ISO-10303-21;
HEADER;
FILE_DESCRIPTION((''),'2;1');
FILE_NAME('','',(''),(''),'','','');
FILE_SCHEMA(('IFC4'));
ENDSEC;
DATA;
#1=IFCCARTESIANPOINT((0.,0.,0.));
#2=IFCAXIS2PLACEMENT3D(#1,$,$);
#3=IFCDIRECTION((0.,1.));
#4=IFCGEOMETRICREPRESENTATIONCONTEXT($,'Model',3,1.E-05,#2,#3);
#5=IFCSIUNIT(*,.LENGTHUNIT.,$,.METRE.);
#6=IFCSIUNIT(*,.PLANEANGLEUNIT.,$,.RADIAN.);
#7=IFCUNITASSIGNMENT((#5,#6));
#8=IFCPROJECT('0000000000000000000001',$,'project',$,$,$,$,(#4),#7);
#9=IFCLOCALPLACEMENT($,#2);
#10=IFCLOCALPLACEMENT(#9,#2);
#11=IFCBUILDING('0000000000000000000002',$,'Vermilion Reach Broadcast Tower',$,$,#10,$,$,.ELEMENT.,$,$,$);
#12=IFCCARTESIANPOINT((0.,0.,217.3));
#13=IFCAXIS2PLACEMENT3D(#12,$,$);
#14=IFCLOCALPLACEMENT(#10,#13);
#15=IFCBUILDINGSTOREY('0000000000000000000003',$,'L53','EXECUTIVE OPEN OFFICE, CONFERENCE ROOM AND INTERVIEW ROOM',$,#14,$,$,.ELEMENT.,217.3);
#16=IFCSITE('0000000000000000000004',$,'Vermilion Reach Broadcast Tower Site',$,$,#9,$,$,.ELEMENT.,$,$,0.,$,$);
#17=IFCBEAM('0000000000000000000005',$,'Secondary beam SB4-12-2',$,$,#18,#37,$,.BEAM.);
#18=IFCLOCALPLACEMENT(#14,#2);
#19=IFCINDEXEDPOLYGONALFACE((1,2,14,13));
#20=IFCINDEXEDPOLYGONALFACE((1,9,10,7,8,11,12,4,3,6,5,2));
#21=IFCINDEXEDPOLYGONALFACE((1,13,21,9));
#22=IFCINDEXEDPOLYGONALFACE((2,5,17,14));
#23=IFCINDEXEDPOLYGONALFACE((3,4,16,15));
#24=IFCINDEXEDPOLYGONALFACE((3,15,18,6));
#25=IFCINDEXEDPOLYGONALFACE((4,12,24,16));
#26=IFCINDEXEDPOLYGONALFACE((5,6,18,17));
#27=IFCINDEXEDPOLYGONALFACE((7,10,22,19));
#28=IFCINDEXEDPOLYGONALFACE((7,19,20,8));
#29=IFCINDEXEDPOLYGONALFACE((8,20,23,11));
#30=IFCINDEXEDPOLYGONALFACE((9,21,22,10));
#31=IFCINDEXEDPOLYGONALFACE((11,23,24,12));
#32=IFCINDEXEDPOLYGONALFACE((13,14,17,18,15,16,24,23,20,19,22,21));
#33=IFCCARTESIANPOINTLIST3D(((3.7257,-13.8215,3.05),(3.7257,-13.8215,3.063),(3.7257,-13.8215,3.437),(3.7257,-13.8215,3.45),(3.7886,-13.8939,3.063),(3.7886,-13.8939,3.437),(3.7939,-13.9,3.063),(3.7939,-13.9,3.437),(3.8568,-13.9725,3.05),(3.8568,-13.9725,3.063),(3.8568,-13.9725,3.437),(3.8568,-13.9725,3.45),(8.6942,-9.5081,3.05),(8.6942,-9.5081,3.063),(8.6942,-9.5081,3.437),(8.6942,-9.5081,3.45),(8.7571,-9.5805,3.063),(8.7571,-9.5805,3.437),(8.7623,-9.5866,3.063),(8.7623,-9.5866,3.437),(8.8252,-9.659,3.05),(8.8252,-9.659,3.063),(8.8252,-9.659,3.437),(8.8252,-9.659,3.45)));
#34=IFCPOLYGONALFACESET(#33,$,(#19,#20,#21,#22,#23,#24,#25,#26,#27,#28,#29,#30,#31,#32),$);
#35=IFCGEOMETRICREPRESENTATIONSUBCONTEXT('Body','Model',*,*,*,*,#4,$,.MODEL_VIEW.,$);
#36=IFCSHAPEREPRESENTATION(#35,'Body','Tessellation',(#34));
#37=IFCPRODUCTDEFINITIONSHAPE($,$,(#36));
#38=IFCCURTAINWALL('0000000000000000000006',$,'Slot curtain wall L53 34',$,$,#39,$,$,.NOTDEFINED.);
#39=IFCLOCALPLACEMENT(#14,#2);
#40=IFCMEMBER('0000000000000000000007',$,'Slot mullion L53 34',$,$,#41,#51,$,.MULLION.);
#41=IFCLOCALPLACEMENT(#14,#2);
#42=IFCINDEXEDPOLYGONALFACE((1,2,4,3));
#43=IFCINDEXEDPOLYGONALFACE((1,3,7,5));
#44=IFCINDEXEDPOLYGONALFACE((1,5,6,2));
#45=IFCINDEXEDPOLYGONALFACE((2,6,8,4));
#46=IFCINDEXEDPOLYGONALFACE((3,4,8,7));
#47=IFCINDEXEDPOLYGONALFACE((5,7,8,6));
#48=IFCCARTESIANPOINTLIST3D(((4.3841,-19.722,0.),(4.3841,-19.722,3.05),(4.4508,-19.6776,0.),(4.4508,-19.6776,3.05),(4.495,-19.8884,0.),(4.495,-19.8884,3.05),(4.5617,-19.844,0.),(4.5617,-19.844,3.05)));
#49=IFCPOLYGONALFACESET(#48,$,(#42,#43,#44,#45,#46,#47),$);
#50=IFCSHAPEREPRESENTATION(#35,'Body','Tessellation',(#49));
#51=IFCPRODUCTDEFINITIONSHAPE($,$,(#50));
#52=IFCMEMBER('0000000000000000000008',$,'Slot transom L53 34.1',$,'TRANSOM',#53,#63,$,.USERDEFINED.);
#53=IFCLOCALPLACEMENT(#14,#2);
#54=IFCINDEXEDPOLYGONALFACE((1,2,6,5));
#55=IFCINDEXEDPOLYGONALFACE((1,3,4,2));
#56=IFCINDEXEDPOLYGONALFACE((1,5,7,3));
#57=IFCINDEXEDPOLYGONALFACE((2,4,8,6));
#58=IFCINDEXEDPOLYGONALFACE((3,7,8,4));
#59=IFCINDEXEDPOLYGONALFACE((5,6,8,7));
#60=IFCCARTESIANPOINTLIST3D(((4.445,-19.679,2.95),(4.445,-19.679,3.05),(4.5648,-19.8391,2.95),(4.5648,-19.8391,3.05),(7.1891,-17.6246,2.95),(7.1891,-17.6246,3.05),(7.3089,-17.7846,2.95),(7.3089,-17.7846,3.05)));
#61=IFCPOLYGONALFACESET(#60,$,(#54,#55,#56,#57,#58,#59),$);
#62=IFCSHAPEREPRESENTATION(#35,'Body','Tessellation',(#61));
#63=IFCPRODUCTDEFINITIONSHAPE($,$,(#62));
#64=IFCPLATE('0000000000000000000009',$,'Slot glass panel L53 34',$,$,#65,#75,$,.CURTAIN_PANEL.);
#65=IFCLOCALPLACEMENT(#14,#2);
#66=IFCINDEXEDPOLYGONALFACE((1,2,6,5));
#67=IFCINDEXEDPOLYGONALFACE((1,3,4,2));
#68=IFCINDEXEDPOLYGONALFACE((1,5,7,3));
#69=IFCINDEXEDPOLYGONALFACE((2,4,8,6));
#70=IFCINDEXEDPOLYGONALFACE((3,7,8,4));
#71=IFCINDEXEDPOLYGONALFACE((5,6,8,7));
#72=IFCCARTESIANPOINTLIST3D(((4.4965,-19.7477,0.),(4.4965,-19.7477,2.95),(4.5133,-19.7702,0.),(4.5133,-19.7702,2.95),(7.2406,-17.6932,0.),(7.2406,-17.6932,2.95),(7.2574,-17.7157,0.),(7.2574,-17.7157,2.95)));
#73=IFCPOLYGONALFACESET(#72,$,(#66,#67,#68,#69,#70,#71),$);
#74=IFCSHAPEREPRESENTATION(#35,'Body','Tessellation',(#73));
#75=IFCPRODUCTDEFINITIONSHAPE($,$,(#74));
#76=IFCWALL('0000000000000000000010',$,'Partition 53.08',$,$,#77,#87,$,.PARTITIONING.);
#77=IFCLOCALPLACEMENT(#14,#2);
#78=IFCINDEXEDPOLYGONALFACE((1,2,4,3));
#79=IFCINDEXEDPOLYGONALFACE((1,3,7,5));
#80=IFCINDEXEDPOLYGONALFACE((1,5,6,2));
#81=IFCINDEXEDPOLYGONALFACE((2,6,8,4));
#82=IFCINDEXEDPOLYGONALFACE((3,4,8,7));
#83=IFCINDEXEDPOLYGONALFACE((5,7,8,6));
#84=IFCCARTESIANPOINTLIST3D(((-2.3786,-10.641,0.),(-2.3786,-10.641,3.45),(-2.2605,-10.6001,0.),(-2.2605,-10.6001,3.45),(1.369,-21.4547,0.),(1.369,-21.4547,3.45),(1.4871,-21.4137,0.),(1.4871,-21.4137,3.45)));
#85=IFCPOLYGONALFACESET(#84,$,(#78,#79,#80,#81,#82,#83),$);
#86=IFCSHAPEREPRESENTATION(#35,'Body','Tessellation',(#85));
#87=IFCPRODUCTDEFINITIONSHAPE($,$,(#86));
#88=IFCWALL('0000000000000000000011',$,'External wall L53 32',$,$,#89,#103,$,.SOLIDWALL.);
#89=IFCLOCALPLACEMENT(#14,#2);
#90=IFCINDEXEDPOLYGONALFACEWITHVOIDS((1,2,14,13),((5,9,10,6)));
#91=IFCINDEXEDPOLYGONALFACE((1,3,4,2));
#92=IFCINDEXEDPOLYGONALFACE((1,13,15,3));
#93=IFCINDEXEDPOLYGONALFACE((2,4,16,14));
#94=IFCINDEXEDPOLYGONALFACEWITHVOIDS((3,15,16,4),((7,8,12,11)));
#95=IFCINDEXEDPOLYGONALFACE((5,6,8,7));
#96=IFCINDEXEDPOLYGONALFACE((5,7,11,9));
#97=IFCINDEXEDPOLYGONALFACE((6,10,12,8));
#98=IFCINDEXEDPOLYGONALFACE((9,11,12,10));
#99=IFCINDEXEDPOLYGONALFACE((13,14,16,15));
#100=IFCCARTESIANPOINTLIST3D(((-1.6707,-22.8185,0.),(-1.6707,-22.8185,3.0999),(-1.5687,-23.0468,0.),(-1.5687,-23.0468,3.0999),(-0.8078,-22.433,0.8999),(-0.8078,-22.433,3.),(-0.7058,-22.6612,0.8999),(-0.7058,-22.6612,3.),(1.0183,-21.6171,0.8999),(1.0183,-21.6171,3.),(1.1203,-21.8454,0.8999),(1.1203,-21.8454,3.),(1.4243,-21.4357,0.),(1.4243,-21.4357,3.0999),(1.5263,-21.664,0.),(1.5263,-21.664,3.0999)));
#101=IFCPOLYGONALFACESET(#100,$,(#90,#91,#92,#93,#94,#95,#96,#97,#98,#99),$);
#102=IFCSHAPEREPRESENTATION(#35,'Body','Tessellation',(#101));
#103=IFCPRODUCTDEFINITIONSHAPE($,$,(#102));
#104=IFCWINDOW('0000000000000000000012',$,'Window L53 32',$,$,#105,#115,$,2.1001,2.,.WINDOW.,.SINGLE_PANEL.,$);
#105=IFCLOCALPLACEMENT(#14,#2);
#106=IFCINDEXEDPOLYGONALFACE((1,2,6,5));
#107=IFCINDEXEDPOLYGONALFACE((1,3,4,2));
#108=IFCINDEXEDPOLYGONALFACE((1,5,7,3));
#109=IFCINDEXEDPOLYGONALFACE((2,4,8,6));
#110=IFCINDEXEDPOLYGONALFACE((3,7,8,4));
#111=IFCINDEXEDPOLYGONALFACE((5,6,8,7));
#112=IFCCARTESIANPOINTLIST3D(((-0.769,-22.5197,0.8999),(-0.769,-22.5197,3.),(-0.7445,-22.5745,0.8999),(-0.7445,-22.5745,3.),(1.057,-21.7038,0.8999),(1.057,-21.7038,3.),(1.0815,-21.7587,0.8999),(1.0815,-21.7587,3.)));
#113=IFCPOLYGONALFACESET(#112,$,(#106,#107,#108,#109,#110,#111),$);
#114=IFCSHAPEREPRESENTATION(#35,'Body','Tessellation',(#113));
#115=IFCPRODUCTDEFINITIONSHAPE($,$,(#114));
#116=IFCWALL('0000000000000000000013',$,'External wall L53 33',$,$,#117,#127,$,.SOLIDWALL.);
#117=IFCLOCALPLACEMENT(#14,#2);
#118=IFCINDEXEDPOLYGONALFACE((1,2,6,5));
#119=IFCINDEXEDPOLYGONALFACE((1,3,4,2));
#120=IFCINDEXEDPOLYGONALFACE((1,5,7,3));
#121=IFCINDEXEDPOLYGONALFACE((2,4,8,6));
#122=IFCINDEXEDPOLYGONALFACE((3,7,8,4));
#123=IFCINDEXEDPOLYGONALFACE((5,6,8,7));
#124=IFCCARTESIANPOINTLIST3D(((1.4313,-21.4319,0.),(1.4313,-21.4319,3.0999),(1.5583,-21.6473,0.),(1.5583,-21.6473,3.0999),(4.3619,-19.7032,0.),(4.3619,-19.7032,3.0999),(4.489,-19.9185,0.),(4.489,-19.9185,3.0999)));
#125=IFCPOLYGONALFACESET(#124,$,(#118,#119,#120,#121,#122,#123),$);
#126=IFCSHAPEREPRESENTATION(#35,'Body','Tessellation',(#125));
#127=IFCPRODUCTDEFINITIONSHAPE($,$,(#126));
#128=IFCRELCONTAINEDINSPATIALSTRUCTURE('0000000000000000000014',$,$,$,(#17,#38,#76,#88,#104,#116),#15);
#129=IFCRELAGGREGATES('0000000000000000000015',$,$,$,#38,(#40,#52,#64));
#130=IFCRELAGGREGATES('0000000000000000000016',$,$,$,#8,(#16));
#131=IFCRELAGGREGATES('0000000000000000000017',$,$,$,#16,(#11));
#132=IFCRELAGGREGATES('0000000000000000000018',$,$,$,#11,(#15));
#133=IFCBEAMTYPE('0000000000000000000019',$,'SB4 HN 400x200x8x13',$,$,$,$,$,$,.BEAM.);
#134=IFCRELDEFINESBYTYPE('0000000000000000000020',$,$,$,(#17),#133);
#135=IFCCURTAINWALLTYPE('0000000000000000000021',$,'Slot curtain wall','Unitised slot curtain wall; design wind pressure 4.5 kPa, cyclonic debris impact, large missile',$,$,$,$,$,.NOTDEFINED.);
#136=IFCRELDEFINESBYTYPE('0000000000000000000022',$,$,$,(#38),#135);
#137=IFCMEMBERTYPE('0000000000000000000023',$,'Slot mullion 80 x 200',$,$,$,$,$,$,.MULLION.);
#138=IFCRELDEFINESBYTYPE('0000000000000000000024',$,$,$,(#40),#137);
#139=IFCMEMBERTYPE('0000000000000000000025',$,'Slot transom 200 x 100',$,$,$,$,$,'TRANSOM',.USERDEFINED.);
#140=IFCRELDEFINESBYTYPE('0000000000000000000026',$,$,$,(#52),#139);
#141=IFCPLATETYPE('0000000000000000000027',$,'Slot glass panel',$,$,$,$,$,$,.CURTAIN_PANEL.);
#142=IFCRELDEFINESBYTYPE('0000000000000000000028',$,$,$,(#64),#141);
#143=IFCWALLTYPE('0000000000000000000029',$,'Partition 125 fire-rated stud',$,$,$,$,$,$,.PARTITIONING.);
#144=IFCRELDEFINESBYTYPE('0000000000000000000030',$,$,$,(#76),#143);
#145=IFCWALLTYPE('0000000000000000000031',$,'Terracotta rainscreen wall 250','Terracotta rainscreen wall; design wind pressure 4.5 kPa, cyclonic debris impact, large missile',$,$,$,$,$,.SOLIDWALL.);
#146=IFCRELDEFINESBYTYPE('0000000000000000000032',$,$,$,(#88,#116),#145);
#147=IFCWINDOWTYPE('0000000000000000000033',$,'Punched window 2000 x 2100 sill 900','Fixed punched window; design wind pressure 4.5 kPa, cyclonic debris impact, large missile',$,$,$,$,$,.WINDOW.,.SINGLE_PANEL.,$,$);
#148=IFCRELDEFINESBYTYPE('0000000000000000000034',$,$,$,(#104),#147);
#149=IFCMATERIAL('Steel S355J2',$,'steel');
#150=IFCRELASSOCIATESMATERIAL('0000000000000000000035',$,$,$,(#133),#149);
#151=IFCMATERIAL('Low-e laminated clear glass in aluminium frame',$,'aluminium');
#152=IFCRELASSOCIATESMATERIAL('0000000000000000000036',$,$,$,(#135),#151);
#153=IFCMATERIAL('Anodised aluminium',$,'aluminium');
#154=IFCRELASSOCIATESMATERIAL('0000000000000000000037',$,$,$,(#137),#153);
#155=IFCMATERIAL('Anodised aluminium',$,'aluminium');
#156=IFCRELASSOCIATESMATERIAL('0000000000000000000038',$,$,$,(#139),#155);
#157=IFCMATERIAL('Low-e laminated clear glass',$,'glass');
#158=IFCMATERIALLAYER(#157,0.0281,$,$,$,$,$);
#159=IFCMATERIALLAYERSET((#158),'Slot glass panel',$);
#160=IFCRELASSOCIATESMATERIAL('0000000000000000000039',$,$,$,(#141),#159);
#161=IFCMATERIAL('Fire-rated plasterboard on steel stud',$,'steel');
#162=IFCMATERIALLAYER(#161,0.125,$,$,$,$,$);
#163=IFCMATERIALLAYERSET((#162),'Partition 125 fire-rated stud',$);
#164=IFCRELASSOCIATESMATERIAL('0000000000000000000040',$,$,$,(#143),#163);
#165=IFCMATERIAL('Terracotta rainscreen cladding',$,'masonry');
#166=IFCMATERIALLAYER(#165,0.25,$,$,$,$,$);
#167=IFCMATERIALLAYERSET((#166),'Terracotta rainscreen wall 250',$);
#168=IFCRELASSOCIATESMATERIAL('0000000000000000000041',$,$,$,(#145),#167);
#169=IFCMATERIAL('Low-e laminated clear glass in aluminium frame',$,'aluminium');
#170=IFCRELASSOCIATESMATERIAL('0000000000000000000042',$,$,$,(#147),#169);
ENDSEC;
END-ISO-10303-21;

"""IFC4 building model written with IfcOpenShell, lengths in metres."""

from ifc_helpers import new_model, si_unit, direction, frame, frame_2d, origin, origin_2d, place, context, subcontext, project, spatial, rectangle, i_section, extrude, material, layer, layer_set, material_profile, profile_set, type_object, element, fill, aggregate, save


model = new_model("IFC4")

# Units and contexts
model_context = context("Model", 3, precision=1e-05, world=origin(), true_north=direction((0.0, 1.0)))
body_context = subcontext(model_context, "Body", "Model", "MODEL_VIEW")
ifc_project = project(units=[si_unit("LENGTHUNIT", "METRE"), si_unit("PLANEANGLEUNIT", "RADIAN")], contexts=[model_context])

# Site, building, storey
site_placement = place(None, origin())
site = spatial("IfcSite", under=ifc_project, at=site_placement, Name="Vermilion Reach Broadcast Tower Site", CompositionType="ELEMENT", RefElevation=0.0)
building_placement = place(site_placement, origin())
building = spatial("IfcBuilding", under=site, at=building_placement, Name="Vermilion Reach Broadcast Tower", CompositionType="ELEMENT")
storey_placement = place(building_placement, frame((0.0, 0.0, 217.3)))
storey = spatial("IfcBuildingStorey", under=building, at=storey_placement, Name="L53", Description="EXECUTIVE OPEN OFFICE, CONFERENCE ROOM AND INTERVIEW ROOM", CompositionType="ELEMENT", Elevation=217.3)

# Beam
ifc_material_1 = material(Name="Steel S355J2", Category="steel")
ifc_material_profile_1 = material_profile(ifc_material_1, i_section(OverallWidth=0.2, OverallDepth=0.3999, WebThickness=0.0081, FlangeThickness=0.0129, at=origin_2d()), Name="S355J2 HN 400x200x8x13")
ifc_profile_set_1 = profile_set([ifc_material_profile_1], Name="Steel S355J2")
beam_type_1 = type_object("IfcBeamType", Name="SB4 HN 400x200x8x13", PredefinedType="BEAM", material=ifc_profile_set_1)
beam_1_placement = place(storey_placement, frame((3.7913, -13.897, 3.25), z_axis=(0.755129, 0.655576, 0.0), x_axis=(-0.655576, 0.755129, 0.0)))
element("IfcBeam", 1, at=beam_1_placement, inside=storey, type_object=beam_type_1, Name="Secondary beam SB4-12-2", PredefinedType="BEAM", context=body_context, shape_type="SweptSolid", body=[
    extrude(i_section(OverallWidth=0.2, OverallDepth=0.3999, WebThickness=0.0081, FlangeThickness=0.0129, at=origin_2d()), origin(), (0.0, 0.0, 1.0), 6.5796),
])

# Curtain wall, members, plate
ifc_material_2 = material(Name="Low-e laminated clear glass in aluminium frame", Category="aluminium")
curtain_wall_type = type_object("IfcCurtainWallType", Name="Slot curtain wall", Description="Unitised slot curtain wall; design wind pressure 4.5 kPa, cyclonic debris impact, large missile", PredefinedType="NOTDEFINED", material=ifc_material_2)
curtain_wall_placement = place(storey_placement, origin())
curtain_wall = element("IfcCurtainWall", 2, at=curtain_wall_placement, inside=storey, type_object=curtain_wall_type, Name="Slot curtain wall L53 34", PredefinedType="NOTDEFINED")
ifc_material_3 = material(Name="Anodised aluminium", Category="aluminium")
ifc_material_profile_2 = material_profile(ifc_material_3, rectangle(XDim=0.2, YDim=0.0801, at=origin_2d()), Name="Slot mullion 80 x 200")
ifc_profile_set_2 = profile_set([ifc_material_profile_2], Name="Anodised aluminium")
member_type_1 = type_object("IfcMemberType", Name="Slot mullion 80 x 200", PredefinedType="MULLION", material=ifc_profile_set_2)
member_1_placement = place(storey_placement, frame((4.4729, -19.783, 0.0), z_axis=(0.0, 0.0, 1.0), x_axis=(-0.55454, 0.832157, 0.0)))
member_1 = element("IfcMember", 3, at=member_1_placement, type_object=member_type_1, Name="Slot mullion L53 34", PredefinedType="MULLION", context=body_context, shape_type="SweptSolid", body=[
    extrude(rectangle(XDim=0.2, YDim=0.0801, at=origin_2d()), origin(), (0.0, 0.0, 1.0), 3.05),
])
ifc_material_4 = material(Name="Anodised aluminium", Category="aluminium")
ifc_material_profile_3 = material_profile(ifc_material_4, rectangle(XDim=0.2, YDim=0.1001, at=origin_2d()), Name="Slot transom 200 x 100")
ifc_profile_set_3 = profile_set([ifc_material_profile_3], Name="Anodised aluminium")
member_type_2 = type_object("IfcMemberType", Name="Slot transom 200 x 100", ElementType="TRANSOM", PredefinedType="USERDEFINED", material=ifc_profile_set_3)
member_2_placement = place(storey_placement, frame((4.5049, -19.759, 3.0), z_axis=(0.800512, 0.599316, 0.0), x_axis=(-0.599316, 0.800512, 0.0)))
member_2 = element("IfcMember", 4, at=member_2_placement, type_object=member_type_2, Name="Slot transom L53 34.1", ObjectType="TRANSOM", PredefinedType="USERDEFINED", context=body_context, shape_type="SweptSolid", body=[
    extrude(rectangle(XDim=0.2, YDim=0.1001, at=origin_2d()), origin(), (0.0, 0.0, 1.0), 3.428),
])
ifc_material_5 = material(Name="Low-e laminated clear glass", Category="glass")
ifc_layer_1 = layer(ifc_material_5, 0.0281)
ifc_layer_set_1 = layer_set([ifc_layer_1], Name="Slot glass panel")
plate_type = type_object("IfcPlateType", Name="Slot glass panel", PredefinedType="CURTAIN_PANEL", material=ifc_layer_set_1)
plate_placement = place(storey_placement, frame((5.877, -18.7317, 0.0), z_axis=(0.0, 0.0, 1.0), x_axis=(0.800497, 0.599337, 0.0)))
plate = element("IfcPlate", 5, at=plate_placement, type_object=plate_type, Name="Slot glass panel L53 34", PredefinedType="CURTAIN_PANEL", context=body_context, shape_type="SweptSolid", body=[
    extrude(rectangle(XDim=3.428, YDim=0.0281, at=origin_2d()), origin(), (0.0, 0.0, 1.0), 2.95),
])
aggregate(curtain_wall, [member_1, member_2, plate])

# Wall
ifc_material_6 = material(Name="Fire-rated plasterboard on steel stud", Category="steel")
ifc_layer_2 = layer(ifc_material_6, 0.125)
ifc_layer_set_2 = layer_set([ifc_layer_2], Name="Partition 125 fire-rated stud")
wall_type_1 = type_object("IfcWallType", Name="Partition 125 fire-rated stud", PredefinedType="PARTITIONING", material=ifc_layer_set_2)
wall_1_placement = place(storey_placement, frame((1.428, -21.4341, 0.0), z_axis=(0.0, 0.0, 1.0), x_axis=(-0.32745, 0.944869, 0.0)))
element("IfcWall", 6, at=wall_1_placement, inside=storey, type_object=wall_type_1, Name="Partition 53.08", PredefinedType="PARTITIONING", context=body_context, shape_type="SweptSolid", body=[
    extrude(rectangle(XDim=11.4446, YDim=0.125, at=frame_2d((5.7222, 0.0))), origin(), (0.0, 0.0, 1.0), 3.45),
])

# Wall, opening, window
ifc_material_7 = material(Name="Terracotta rainscreen cladding", Category="masonry")
ifc_layer_3 = layer(ifc_material_7, 0.25)
ifc_layer_set_3 = layer_set([ifc_layer_3], Name="Terracotta rainscreen wall 250")
wall_type_2 = type_object("IfcWallType", Name="Terracotta rainscreen wall 250", Description="Terracotta rainscreen wall; design wind pressure 4.5 kPa, cyclonic debris impact, large missile", PredefinedType="SOLIDWALL", material=ifc_layer_set_3)
wall_2_placement = place(storey_placement, frame((-1.6196, -22.9326, 0.0), z_axis=(0.0, 0.0, 1.0), x_axis=(0.913014, 0.407929, 0.0)))
wall_2 = element("IfcWall", 7, at=wall_2_placement, inside=storey, type_object=wall_type_2, Name="External wall L53 32", PredefinedType="SOLIDWALL", context=body_context, shape_type="SweptSolid", body=[
    extrude(rectangle(XDim=3.3899, YDim=0.25, at=frame_2d((1.6948, 0.0))), origin(), (0.0, 0.0, 1.0), 3.0999),
])
opening_placement = place(wall_2_placement, frame((0.9451, 0.0, 0.8999)))
opening = element("IfcOpeningElement", 8, at=opening_placement, cuts=wall_2, PredefinedType="OPENING", context=body_context, shape_type="SweptSolid", body=[
    extrude(rectangle(XDim=2.0, YDim=2.1001, at=frame_2d((1.0, 1.05))), frame((0.0, 0.135, 0.0), z_axis=(0.0, -1.0, 0.0), x_axis=(1.0, 0.0, 0.0)), (0.0, 0.0, 1.0), 0.27),
])
ifc_material_8 = material(Name="Low-e laminated clear glass in aluminium frame", Category="aluminium")
window_type = type_object("IfcWindowType", Name="Punched window 2000 x 2100 sill 900", Description="Fixed punched window; design wind pressure 4.5 kPa, cyclonic debris impact, large missile", PartitioningType="SINGLE_PANEL", PredefinedType="WINDOW", material=ifc_material_8)
window_placement = place(opening_placement, origin())
window = element("IfcWindow", 9, at=window_placement, inside=storey, type_object=window_type, Name="Window L53 32", OverallHeight=2.1001, OverallWidth=2.0, PartitioningType="SINGLE_PANEL", PredefinedType="WINDOW", context=body_context, shape_type="SweptSolid", body=[
    extrude(rectangle(XDim=2.0, YDim=2.1001, at=frame_2d((1.0, 1.05))), frame((0.0, 0.03, 0.0), z_axis=(0.0, -1.0, 0.0), x_axis=(1.0, 0.0, 0.0)), (0.0, 0.0, 1.0), 0.0601),
])
fill(opening, window)

# Wall
wall_3_placement = place(storey_placement, frame((1.4949, -21.5396, 0.0), z_axis=(0.0, 0.0, 1.0), x_axis=(0.861312, 0.508076, 0.0)))
element("IfcWall", 10, at=wall_3_placement, inside=storey, type_object=wall_type_2, Name="External wall L53 33", PredefinedType="SOLIDWALL", context=body_context, shape_type="SweptSolid", body=[
    extrude(rectangle(XDim=3.4026, YDim=0.25, at=frame_2d((1.7012, 0.0))), origin(), (0.0, 0.0, 1.0), 3.0999),
])

save(model, "model.ifc")
